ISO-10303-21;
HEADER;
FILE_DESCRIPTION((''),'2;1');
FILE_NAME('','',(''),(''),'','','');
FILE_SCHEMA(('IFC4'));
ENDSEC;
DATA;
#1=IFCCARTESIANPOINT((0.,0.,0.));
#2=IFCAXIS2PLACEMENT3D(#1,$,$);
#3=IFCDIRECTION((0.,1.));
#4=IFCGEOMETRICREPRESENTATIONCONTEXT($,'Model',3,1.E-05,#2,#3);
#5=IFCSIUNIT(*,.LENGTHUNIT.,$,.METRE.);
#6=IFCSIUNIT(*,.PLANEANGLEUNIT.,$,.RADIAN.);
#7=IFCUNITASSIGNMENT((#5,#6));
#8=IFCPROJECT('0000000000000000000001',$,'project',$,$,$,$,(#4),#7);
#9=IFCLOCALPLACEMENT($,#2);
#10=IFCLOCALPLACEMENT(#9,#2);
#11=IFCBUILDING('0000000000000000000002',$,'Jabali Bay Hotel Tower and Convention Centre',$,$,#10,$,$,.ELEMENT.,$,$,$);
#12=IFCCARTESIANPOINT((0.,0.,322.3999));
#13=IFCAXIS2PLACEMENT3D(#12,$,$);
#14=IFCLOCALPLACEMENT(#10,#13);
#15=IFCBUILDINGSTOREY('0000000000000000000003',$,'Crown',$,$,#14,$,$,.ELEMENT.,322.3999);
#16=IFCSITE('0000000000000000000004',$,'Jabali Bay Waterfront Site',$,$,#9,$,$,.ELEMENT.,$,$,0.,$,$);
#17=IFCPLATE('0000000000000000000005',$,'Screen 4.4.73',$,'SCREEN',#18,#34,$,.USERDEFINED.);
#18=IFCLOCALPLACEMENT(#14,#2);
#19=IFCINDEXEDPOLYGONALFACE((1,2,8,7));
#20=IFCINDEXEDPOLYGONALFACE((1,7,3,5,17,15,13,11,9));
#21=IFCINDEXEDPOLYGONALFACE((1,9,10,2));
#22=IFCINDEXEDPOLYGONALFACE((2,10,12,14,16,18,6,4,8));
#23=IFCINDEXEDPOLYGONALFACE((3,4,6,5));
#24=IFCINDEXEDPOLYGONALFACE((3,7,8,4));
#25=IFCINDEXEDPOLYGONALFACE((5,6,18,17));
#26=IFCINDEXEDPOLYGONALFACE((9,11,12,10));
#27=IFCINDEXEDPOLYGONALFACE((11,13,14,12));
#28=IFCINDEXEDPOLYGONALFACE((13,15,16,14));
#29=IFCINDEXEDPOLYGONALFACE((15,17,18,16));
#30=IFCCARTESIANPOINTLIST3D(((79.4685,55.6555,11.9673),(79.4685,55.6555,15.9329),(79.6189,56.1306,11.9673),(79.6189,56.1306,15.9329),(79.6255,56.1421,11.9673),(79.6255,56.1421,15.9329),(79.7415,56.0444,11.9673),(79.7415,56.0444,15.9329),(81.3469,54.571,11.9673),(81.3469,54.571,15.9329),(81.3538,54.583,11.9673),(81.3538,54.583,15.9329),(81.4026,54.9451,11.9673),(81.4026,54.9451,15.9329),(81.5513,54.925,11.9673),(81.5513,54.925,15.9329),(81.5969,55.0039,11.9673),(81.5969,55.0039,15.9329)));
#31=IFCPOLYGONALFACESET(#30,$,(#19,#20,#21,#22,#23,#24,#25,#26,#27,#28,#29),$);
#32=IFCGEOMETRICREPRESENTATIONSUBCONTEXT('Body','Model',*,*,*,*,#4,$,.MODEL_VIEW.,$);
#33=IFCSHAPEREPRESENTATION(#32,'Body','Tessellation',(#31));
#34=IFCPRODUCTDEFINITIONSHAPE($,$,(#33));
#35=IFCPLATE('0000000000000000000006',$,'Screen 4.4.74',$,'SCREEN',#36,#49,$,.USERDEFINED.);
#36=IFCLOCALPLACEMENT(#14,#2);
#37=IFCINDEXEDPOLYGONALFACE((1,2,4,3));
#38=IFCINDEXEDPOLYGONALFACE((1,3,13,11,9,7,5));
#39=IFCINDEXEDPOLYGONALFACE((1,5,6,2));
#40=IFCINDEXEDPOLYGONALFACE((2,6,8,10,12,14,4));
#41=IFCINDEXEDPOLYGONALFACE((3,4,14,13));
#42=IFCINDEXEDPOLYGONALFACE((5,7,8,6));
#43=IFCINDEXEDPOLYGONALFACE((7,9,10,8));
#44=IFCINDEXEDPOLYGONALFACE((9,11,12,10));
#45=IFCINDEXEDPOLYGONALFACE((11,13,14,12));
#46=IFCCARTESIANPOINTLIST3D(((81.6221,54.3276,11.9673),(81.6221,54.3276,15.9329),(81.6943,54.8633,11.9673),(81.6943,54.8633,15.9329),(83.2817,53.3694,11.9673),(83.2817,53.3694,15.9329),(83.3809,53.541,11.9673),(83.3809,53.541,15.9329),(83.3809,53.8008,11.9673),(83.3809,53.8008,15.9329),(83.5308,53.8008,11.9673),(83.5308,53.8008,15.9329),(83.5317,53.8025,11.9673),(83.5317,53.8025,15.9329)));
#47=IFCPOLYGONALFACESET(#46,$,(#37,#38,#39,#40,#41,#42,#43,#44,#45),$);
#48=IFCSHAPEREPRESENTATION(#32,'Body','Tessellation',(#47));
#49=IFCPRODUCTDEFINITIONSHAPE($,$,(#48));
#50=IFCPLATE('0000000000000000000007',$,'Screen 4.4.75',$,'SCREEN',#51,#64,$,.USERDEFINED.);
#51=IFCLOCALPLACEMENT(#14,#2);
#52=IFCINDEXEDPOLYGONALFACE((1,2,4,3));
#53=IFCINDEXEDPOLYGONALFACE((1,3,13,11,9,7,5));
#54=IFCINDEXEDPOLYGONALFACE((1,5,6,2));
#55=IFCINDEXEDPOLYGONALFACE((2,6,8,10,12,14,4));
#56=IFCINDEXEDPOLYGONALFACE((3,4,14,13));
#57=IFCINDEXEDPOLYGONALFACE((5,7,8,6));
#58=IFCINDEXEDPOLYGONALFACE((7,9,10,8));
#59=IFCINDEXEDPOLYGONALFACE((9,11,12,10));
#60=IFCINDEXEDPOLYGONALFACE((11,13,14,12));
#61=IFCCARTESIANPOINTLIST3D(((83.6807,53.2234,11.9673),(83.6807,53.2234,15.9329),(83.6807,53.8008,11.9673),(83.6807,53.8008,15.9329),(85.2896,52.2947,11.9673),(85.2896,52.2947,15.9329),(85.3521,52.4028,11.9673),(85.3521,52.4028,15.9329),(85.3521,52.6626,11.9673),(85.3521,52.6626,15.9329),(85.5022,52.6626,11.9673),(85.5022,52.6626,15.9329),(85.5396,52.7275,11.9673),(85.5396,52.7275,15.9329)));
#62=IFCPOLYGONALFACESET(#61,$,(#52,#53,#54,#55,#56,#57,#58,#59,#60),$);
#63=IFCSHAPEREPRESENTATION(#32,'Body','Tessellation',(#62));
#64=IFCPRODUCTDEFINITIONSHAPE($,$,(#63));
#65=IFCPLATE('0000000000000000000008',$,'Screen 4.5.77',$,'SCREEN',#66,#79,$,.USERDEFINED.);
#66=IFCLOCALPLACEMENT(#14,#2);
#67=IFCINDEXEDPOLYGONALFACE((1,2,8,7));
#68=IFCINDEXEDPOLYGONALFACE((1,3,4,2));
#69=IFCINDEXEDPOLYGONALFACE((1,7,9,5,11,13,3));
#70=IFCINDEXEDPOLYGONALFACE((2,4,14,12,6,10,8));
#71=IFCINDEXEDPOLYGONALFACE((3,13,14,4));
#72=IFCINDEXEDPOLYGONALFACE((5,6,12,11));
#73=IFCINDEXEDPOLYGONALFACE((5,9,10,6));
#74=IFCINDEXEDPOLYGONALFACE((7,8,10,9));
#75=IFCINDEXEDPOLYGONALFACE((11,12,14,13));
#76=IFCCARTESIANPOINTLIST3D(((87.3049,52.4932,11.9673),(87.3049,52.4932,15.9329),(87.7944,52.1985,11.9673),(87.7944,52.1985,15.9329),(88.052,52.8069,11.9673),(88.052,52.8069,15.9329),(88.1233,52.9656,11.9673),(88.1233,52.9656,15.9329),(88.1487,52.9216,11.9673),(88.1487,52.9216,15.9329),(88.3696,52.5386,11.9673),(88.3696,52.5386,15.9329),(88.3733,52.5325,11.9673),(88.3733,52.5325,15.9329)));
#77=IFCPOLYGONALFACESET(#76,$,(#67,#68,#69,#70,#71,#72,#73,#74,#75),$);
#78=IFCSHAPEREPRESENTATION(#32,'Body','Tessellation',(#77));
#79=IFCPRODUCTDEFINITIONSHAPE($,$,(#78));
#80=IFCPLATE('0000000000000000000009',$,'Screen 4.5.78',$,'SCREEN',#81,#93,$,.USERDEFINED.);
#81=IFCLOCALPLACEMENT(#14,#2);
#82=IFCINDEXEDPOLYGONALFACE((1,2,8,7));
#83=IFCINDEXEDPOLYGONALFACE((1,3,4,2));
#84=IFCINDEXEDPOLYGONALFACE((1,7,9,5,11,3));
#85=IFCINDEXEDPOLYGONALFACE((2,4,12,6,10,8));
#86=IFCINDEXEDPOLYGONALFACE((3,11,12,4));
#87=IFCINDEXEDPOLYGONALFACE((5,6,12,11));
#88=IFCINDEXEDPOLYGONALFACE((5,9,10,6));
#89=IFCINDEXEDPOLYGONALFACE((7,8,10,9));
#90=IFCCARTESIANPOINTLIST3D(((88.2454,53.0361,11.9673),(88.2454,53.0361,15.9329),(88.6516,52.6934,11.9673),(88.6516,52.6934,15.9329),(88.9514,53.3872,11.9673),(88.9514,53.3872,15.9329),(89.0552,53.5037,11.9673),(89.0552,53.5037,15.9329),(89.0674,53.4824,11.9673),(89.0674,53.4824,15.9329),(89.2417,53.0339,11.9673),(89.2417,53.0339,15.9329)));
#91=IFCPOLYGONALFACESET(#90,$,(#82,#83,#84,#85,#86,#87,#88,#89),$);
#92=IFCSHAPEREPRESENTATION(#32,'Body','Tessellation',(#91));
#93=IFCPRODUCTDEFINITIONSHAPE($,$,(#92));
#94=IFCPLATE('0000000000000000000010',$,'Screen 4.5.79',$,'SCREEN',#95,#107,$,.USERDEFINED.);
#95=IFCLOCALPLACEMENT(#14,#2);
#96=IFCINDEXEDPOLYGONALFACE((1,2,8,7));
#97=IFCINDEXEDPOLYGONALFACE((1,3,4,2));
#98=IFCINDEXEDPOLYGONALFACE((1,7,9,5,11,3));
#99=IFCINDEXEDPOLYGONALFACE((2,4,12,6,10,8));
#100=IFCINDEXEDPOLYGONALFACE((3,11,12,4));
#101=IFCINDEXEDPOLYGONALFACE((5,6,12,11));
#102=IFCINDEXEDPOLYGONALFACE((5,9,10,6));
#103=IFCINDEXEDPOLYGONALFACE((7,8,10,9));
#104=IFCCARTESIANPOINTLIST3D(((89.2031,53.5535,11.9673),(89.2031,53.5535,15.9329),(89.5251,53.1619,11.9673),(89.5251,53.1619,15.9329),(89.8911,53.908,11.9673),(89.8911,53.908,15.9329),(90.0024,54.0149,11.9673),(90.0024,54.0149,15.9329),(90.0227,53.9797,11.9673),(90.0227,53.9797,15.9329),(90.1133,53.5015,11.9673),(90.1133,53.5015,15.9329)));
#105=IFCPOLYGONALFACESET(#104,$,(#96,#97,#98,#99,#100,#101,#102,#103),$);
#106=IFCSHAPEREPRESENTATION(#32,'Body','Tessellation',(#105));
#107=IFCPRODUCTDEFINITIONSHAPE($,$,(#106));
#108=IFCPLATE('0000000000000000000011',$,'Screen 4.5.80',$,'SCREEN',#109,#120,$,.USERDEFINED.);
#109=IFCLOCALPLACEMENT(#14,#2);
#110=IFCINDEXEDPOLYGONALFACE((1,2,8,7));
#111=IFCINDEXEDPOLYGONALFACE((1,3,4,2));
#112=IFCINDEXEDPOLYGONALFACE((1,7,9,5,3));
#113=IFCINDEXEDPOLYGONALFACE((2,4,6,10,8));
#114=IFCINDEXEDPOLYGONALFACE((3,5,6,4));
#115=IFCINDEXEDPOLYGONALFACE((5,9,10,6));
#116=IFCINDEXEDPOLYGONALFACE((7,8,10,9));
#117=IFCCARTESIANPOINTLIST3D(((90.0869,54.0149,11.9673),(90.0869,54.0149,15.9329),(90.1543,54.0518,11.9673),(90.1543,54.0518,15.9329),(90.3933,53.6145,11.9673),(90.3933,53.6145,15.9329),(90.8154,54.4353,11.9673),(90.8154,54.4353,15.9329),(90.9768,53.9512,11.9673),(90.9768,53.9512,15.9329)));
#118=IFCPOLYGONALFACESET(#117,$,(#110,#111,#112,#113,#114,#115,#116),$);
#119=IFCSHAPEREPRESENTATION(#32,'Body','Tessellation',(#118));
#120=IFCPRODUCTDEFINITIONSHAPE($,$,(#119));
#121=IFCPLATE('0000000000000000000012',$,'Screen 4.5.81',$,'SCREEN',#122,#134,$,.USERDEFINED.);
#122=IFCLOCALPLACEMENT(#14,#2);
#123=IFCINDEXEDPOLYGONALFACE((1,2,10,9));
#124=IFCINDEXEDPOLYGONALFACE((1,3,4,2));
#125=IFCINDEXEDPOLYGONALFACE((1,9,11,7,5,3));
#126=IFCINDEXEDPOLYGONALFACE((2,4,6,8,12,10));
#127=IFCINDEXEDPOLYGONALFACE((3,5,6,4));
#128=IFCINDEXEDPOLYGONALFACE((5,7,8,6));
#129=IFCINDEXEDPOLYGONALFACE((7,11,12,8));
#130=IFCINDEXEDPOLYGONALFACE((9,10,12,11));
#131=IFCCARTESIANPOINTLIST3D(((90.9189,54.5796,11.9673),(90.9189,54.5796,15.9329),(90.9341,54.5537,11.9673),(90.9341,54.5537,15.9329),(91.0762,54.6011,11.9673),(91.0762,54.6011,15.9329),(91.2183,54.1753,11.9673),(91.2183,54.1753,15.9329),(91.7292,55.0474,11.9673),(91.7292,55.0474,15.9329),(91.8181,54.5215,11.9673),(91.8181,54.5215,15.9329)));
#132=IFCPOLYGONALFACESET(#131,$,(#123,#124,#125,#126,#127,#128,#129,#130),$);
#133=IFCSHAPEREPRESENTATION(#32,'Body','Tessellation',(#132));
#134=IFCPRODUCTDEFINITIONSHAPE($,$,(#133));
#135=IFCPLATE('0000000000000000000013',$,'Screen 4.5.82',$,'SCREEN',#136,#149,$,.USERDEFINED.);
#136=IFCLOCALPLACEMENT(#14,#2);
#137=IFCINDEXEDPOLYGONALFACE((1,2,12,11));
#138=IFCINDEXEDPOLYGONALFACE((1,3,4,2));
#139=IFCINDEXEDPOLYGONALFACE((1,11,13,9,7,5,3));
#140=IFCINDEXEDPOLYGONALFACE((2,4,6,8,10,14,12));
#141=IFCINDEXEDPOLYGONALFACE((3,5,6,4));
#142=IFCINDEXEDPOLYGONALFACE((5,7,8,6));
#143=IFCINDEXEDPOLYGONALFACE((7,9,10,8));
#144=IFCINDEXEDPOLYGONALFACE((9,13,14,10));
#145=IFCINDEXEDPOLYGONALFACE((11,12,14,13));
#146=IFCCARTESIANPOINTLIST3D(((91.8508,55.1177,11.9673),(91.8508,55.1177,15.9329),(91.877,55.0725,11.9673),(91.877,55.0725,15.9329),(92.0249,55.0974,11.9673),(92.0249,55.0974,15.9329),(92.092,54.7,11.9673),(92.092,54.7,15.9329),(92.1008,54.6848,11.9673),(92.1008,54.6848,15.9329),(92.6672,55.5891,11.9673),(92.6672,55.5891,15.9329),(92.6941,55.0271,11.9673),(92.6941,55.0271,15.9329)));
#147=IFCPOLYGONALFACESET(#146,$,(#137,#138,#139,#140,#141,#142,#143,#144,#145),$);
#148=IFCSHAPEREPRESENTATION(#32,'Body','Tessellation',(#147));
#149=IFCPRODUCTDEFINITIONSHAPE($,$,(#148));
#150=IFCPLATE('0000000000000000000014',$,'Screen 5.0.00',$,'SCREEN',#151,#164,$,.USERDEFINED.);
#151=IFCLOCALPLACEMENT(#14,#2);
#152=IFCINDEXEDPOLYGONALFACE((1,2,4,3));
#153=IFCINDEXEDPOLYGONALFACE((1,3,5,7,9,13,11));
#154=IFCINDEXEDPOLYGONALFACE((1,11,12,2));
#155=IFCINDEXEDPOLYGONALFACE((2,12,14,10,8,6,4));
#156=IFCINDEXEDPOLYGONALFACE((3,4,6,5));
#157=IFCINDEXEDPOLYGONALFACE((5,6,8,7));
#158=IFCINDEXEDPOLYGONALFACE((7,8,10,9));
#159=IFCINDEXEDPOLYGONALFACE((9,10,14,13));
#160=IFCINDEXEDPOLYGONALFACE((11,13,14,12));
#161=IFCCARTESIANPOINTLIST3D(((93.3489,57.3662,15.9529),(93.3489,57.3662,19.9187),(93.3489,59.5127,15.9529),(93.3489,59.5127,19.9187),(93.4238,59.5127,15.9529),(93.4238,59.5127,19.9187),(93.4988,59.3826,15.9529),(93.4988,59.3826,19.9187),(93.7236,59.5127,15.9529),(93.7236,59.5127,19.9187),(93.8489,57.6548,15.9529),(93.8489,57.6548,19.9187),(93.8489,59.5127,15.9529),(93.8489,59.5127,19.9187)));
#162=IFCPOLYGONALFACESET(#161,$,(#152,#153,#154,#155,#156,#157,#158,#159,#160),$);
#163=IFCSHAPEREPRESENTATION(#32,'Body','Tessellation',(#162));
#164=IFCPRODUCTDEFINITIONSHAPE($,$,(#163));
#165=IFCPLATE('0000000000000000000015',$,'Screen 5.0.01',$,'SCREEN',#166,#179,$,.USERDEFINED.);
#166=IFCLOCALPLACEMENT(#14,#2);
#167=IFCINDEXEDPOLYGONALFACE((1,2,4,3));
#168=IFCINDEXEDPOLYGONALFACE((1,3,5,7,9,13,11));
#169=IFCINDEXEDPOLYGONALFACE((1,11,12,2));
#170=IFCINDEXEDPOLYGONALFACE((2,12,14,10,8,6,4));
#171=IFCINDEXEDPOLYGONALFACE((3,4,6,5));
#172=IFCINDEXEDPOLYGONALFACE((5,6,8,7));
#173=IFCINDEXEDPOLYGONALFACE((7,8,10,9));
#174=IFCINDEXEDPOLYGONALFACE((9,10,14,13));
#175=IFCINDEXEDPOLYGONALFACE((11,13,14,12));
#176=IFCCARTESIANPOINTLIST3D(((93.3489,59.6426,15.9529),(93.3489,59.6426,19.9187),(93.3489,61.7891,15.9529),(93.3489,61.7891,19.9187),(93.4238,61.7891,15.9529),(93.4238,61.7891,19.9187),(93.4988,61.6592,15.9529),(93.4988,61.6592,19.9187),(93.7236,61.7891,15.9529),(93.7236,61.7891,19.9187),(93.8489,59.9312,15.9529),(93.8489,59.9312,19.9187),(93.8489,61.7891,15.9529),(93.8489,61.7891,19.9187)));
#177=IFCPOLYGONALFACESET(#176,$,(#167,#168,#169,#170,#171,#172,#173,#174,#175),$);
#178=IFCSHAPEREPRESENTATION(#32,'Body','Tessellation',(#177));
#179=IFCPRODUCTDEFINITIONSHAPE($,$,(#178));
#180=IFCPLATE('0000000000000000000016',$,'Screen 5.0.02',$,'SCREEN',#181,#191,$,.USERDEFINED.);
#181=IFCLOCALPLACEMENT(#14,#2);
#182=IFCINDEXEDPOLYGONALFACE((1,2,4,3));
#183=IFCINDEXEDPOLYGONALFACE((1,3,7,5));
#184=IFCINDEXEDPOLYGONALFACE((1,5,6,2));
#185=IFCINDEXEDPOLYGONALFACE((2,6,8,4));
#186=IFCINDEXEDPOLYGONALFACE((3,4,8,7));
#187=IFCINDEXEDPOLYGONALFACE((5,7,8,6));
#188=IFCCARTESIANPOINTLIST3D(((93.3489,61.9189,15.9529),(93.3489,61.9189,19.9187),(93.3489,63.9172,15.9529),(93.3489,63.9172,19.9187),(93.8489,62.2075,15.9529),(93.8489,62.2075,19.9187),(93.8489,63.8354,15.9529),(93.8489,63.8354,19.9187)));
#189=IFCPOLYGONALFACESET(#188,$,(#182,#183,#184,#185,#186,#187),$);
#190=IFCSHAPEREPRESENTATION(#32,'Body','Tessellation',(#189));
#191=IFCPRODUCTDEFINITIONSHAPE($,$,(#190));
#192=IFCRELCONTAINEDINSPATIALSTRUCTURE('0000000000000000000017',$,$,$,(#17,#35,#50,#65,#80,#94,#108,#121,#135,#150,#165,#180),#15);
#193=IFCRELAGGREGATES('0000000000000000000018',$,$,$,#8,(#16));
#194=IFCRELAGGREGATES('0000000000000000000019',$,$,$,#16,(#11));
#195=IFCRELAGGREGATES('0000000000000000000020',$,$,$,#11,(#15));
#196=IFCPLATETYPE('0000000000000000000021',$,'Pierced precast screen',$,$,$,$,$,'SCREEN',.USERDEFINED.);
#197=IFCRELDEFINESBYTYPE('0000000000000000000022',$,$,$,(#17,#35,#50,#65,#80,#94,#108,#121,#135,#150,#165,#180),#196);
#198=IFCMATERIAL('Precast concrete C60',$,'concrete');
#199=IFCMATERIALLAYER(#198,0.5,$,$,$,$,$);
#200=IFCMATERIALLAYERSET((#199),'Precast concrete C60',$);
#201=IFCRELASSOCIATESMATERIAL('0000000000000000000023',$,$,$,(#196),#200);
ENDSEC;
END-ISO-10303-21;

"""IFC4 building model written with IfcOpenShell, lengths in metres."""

from ifc_helpers import new_model, si_unit, direction, frame, origin, place, context, subcontext, project, spatial, polyline, outline, extrude, material, layer, layer_set, type_object, element, save


model = new_model("IFC4")

# Units and contexts
model_context = context("Model", 3, precision=1e-05, world=origin(), true_north=direction((0.0, 1.0)))
body_context = subcontext(model_context, "Body", "Model", "MODEL_VIEW")
ifc_project = project(units=[si_unit("LENGTHUNIT", "METRE"), si_unit("PLANEANGLEUNIT", "RADIAN")], contexts=[model_context])

# Site, building, storey
site_placement = place(None, origin())
site = spatial("IfcSite", under=ifc_project, at=site_placement, Name="Jabali Bay Waterfront Site", CompositionType="ELEMENT", RefElevation=0.0)
building_placement = place(site_placement, origin())
building = spatial("IfcBuilding", under=site, at=building_placement, Name="Jabali Bay Hotel Tower and Convention Centre", CompositionType="ELEMENT")
storey_placement = place(building_placement, frame((0.0, 0.0, 322.3999)))
storey = spatial("IfcBuildingStorey", under=building, at=storey_placement, Name="Crown", CompositionType="ELEMENT", Elevation=322.3999)

# Plates
ifc_material = material(Name="Precast concrete C60", Category="concrete")
ifc_layer = layer(ifc_material, 0.5)
ifc_layer_set = layer_set([ifc_layer], Name="Precast concrete C60")
plate_type = type_object("IfcPlateType", Name="Pierced precast screen", ElementType="SCREEN", PredefinedType="USERDEFINED", material=ifc_layer_set)
plate_1_placement = place(storey_placement, frame((0.0, 0.0, 11.9673)))
element("IfcPlate", 1, at=plate_1_placement, inside=storey, type_object=plate_type, Name="Screen 4.4.73", ObjectType="SCREEN", PredefinedType="USERDEFINED", context=body_context, shape_type="SweptSolid", body=[
    extrude(outline(polyline([(81.5969, 55.0039), (79.6255, 56.1421), (79.6189, 56.1306), (79.7415, 56.0444), (79.4685, 55.6555), (81.3469, 54.571), (81.3538, 54.583), (81.4026, 54.9451), (81.5513, 54.925), (81.5969, 55.0039)])), origin(), (0.0, 0.0, 1.0), 3.9656),
])
plate_2_placement = place(storey_placement, frame((0.0, 0.0, 11.9673)))
element("IfcPlate", 2, at=plate_2_placement, inside=storey, type_object=plate_type, Name="Screen 4.4.74", ObjectType="SCREEN", PredefinedType="USERDEFINED", context=body_context, shape_type="SweptSolid", body=[
    extrude(outline(polyline([(83.5317, 53.8025), (81.6943, 54.8633), (81.6221, 54.3276), (83.2817, 53.3694), (83.3809, 53.541), (83.3809, 53.8008), (83.5308, 53.8008), (83.5317, 53.8025)])), origin(), (0.0, 0.0, 1.0), 3.9656),
])
plate_3_placement = place(storey_placement, frame((0.0, 0.0, 11.9673)))
element("IfcPlate", 3, at=plate_3_placement, inside=storey, type_object=plate_type, Name="Screen 4.4.75", ObjectType="SCREEN", PredefinedType="USERDEFINED", context=body_context, shape_type="SweptSolid", body=[
    extrude(outline(polyline([(85.5396, 52.7275), (83.6807, 53.8008), (83.6807, 53.2234), (85.2896, 52.2947), (85.3521, 52.4028), (85.3521, 52.6626), (85.5022, 52.6626), (85.5396, 52.7275)])), origin(), (0.0, 0.0, 1.0), 3.9656),
])
plate_4_placement = place(storey_placement, frame((0.0, 0.0, 11.9673)))
element("IfcPlate", 4, at=plate_4_placement, inside=storey, type_object=plate_type, Name="Screen 4.5.77", ObjectType="SCREEN", PredefinedType="USERDEFINED", context=body_context, shape_type="SweptSolid", body=[
    extrude(outline(polyline([(88.1233, 52.9656), (87.3049, 52.4932), (87.7944, 52.1985), (88.3733, 52.5325), (88.3696, 52.5386), (88.052, 52.8069), (88.1487, 52.9216), (88.1233, 52.9656)])), origin(), (0.0, 0.0, 1.0), 3.9656),
])
plate_5_placement = place(storey_placement, frame((0.0, 0.0, 11.9673)))
element("IfcPlate", 5, at=plate_5_placement, inside=storey, type_object=plate_type, Name="Screen 4.5.78", ObjectType="SCREEN", PredefinedType="USERDEFINED", context=body_context, shape_type="SweptSolid", body=[
    extrude(outline(polyline([(89.0552, 53.5037), (88.2454, 53.0361), (88.6516, 52.6934), (89.2417, 53.0339), (88.9514, 53.3872), (89.0674, 53.4824), (89.0552, 53.5037)])), origin(), (0.0, 0.0, 1.0), 3.9656),
])
plate_6_placement = place(storey_placement, frame((0.0, 0.0, 11.9673)))
element("IfcPlate", 6, at=plate_6_placement, inside=storey, type_object=plate_type, Name="Screen 4.5.79", ObjectType="SCREEN", PredefinedType="USERDEFINED", context=body_context, shape_type="SweptSolid", body=[
    extrude(outline(polyline([(90.0024, 54.0149), (89.2031, 53.5535), (89.5251, 53.1619), (90.1133, 53.5015), (89.8911, 53.908), (90.0227, 53.9797), (90.0024, 54.0149)])), origin(), (0.0, 0.0, 1.0), 3.9656),
])
plate_7_placement = place(storey_placement, frame((0.0, 0.0, 11.9673)))
element("IfcPlate", 7, at=plate_7_placement, inside=storey, type_object=plate_type, Name="Screen 4.5.80", ObjectType="SCREEN", PredefinedType="USERDEFINED", context=body_context, shape_type="SweptSolid", body=[
    extrude(outline(polyline([(90.8154, 54.4353), (90.0869, 54.0149), (90.1543, 54.0518), (90.3933, 53.6145), (90.9768, 53.9512), (90.8154, 54.4353)])), origin(), (0.0, 0.0, 1.0), 3.9656),
])
plate_8_placement = place(storey_placement, frame((0.0, 0.0, 11.9673)))
element("IfcPlate", 8, at=plate_8_placement, inside=storey, type_object=plate_type, Name="Screen 4.5.81", ObjectType="SCREEN", PredefinedType="USERDEFINED", context=body_context, shape_type="SweptSolid", body=[
    extrude(outline(polyline([(91.7292, 55.0474), (90.9189, 54.5796), (90.9341, 54.5537), (91.0762, 54.6011), (91.2183, 54.1753), (91.8181, 54.5215), (91.7292, 55.0474)])), origin(), (0.0, 0.0, 1.0), 3.9656),
])
plate_9_placement = place(storey_placement, frame((0.0, 0.0, 11.9673)))
element("IfcPlate", 9, at=plate_9_placement, inside=storey, type_object=plate_type, Name="Screen 4.5.82", ObjectType="SCREEN", PredefinedType="USERDEFINED", context=body_context, shape_type="SweptSolid", body=[
    extrude(outline(polyline([(92.6672, 55.5891), (91.8508, 55.1177), (91.877, 55.0725), (92.0249, 55.0974), (92.092, 54.7), (92.1008, 54.6848), (92.6941, 55.0271), (92.6672, 55.5891)])), origin(), (0.0, 0.0, 1.0), 3.9656),
])
plate_10_placement = place(storey_placement, frame((0.0, 0.0, 15.9529)))
element("IfcPlate", 10, at=plate_10_placement, inside=storey, type_object=plate_type, Name="Screen 5.0.00", ObjectType="SCREEN", PredefinedType="USERDEFINED", context=body_context, shape_type="SweptSolid", body=[
    extrude(outline(polyline([(93.3489, 59.5127), (93.3489, 57.3662), (93.8489, 57.6548), (93.8489, 59.5127), (93.7236, 59.5127), (93.4988, 59.3826), (93.4238, 59.5127), (93.3489, 59.5127)])), origin(), (0.0, 0.0, 1.0), 3.9658),
])
plate_11_placement = place(storey_placement, frame((0.0, 0.0, 15.9529)))
element("IfcPlate", 11, at=plate_11_placement, inside=storey, type_object=plate_type, Name="Screen 5.0.01", ObjectType="SCREEN", PredefinedType="USERDEFINED", context=body_context, shape_type="SweptSolid", body=[
    extrude(outline(polyline([(93.3489, 61.7891), (93.3489, 59.6426), (93.8489, 59.9312), (93.8489, 61.7891), (93.7236, 61.7891), (93.4988, 61.6592), (93.4238, 61.7891), (93.3489, 61.7891)])), origin(), (0.0, 0.0, 1.0), 3.9658),
])
plate_12_placement = place(storey_placement, frame((0.0, 0.0, 15.9529)))
element("IfcPlate", 12, at=plate_12_placement, inside=storey, type_object=plate_type, Name="Screen 5.0.02", ObjectType="SCREEN", PredefinedType="USERDEFINED", context=body_context, shape_type="SweptSolid", body=[
    extrude(outline(polyline([(93.3489, 63.9172), (93.3489, 61.9189), (93.8489, 62.2075), (93.8489, 63.8354), (93.3489, 63.9172)])), origin(), (0.0, 0.0, 1.0), 3.9658),
])

save(model, "model.ifc")
